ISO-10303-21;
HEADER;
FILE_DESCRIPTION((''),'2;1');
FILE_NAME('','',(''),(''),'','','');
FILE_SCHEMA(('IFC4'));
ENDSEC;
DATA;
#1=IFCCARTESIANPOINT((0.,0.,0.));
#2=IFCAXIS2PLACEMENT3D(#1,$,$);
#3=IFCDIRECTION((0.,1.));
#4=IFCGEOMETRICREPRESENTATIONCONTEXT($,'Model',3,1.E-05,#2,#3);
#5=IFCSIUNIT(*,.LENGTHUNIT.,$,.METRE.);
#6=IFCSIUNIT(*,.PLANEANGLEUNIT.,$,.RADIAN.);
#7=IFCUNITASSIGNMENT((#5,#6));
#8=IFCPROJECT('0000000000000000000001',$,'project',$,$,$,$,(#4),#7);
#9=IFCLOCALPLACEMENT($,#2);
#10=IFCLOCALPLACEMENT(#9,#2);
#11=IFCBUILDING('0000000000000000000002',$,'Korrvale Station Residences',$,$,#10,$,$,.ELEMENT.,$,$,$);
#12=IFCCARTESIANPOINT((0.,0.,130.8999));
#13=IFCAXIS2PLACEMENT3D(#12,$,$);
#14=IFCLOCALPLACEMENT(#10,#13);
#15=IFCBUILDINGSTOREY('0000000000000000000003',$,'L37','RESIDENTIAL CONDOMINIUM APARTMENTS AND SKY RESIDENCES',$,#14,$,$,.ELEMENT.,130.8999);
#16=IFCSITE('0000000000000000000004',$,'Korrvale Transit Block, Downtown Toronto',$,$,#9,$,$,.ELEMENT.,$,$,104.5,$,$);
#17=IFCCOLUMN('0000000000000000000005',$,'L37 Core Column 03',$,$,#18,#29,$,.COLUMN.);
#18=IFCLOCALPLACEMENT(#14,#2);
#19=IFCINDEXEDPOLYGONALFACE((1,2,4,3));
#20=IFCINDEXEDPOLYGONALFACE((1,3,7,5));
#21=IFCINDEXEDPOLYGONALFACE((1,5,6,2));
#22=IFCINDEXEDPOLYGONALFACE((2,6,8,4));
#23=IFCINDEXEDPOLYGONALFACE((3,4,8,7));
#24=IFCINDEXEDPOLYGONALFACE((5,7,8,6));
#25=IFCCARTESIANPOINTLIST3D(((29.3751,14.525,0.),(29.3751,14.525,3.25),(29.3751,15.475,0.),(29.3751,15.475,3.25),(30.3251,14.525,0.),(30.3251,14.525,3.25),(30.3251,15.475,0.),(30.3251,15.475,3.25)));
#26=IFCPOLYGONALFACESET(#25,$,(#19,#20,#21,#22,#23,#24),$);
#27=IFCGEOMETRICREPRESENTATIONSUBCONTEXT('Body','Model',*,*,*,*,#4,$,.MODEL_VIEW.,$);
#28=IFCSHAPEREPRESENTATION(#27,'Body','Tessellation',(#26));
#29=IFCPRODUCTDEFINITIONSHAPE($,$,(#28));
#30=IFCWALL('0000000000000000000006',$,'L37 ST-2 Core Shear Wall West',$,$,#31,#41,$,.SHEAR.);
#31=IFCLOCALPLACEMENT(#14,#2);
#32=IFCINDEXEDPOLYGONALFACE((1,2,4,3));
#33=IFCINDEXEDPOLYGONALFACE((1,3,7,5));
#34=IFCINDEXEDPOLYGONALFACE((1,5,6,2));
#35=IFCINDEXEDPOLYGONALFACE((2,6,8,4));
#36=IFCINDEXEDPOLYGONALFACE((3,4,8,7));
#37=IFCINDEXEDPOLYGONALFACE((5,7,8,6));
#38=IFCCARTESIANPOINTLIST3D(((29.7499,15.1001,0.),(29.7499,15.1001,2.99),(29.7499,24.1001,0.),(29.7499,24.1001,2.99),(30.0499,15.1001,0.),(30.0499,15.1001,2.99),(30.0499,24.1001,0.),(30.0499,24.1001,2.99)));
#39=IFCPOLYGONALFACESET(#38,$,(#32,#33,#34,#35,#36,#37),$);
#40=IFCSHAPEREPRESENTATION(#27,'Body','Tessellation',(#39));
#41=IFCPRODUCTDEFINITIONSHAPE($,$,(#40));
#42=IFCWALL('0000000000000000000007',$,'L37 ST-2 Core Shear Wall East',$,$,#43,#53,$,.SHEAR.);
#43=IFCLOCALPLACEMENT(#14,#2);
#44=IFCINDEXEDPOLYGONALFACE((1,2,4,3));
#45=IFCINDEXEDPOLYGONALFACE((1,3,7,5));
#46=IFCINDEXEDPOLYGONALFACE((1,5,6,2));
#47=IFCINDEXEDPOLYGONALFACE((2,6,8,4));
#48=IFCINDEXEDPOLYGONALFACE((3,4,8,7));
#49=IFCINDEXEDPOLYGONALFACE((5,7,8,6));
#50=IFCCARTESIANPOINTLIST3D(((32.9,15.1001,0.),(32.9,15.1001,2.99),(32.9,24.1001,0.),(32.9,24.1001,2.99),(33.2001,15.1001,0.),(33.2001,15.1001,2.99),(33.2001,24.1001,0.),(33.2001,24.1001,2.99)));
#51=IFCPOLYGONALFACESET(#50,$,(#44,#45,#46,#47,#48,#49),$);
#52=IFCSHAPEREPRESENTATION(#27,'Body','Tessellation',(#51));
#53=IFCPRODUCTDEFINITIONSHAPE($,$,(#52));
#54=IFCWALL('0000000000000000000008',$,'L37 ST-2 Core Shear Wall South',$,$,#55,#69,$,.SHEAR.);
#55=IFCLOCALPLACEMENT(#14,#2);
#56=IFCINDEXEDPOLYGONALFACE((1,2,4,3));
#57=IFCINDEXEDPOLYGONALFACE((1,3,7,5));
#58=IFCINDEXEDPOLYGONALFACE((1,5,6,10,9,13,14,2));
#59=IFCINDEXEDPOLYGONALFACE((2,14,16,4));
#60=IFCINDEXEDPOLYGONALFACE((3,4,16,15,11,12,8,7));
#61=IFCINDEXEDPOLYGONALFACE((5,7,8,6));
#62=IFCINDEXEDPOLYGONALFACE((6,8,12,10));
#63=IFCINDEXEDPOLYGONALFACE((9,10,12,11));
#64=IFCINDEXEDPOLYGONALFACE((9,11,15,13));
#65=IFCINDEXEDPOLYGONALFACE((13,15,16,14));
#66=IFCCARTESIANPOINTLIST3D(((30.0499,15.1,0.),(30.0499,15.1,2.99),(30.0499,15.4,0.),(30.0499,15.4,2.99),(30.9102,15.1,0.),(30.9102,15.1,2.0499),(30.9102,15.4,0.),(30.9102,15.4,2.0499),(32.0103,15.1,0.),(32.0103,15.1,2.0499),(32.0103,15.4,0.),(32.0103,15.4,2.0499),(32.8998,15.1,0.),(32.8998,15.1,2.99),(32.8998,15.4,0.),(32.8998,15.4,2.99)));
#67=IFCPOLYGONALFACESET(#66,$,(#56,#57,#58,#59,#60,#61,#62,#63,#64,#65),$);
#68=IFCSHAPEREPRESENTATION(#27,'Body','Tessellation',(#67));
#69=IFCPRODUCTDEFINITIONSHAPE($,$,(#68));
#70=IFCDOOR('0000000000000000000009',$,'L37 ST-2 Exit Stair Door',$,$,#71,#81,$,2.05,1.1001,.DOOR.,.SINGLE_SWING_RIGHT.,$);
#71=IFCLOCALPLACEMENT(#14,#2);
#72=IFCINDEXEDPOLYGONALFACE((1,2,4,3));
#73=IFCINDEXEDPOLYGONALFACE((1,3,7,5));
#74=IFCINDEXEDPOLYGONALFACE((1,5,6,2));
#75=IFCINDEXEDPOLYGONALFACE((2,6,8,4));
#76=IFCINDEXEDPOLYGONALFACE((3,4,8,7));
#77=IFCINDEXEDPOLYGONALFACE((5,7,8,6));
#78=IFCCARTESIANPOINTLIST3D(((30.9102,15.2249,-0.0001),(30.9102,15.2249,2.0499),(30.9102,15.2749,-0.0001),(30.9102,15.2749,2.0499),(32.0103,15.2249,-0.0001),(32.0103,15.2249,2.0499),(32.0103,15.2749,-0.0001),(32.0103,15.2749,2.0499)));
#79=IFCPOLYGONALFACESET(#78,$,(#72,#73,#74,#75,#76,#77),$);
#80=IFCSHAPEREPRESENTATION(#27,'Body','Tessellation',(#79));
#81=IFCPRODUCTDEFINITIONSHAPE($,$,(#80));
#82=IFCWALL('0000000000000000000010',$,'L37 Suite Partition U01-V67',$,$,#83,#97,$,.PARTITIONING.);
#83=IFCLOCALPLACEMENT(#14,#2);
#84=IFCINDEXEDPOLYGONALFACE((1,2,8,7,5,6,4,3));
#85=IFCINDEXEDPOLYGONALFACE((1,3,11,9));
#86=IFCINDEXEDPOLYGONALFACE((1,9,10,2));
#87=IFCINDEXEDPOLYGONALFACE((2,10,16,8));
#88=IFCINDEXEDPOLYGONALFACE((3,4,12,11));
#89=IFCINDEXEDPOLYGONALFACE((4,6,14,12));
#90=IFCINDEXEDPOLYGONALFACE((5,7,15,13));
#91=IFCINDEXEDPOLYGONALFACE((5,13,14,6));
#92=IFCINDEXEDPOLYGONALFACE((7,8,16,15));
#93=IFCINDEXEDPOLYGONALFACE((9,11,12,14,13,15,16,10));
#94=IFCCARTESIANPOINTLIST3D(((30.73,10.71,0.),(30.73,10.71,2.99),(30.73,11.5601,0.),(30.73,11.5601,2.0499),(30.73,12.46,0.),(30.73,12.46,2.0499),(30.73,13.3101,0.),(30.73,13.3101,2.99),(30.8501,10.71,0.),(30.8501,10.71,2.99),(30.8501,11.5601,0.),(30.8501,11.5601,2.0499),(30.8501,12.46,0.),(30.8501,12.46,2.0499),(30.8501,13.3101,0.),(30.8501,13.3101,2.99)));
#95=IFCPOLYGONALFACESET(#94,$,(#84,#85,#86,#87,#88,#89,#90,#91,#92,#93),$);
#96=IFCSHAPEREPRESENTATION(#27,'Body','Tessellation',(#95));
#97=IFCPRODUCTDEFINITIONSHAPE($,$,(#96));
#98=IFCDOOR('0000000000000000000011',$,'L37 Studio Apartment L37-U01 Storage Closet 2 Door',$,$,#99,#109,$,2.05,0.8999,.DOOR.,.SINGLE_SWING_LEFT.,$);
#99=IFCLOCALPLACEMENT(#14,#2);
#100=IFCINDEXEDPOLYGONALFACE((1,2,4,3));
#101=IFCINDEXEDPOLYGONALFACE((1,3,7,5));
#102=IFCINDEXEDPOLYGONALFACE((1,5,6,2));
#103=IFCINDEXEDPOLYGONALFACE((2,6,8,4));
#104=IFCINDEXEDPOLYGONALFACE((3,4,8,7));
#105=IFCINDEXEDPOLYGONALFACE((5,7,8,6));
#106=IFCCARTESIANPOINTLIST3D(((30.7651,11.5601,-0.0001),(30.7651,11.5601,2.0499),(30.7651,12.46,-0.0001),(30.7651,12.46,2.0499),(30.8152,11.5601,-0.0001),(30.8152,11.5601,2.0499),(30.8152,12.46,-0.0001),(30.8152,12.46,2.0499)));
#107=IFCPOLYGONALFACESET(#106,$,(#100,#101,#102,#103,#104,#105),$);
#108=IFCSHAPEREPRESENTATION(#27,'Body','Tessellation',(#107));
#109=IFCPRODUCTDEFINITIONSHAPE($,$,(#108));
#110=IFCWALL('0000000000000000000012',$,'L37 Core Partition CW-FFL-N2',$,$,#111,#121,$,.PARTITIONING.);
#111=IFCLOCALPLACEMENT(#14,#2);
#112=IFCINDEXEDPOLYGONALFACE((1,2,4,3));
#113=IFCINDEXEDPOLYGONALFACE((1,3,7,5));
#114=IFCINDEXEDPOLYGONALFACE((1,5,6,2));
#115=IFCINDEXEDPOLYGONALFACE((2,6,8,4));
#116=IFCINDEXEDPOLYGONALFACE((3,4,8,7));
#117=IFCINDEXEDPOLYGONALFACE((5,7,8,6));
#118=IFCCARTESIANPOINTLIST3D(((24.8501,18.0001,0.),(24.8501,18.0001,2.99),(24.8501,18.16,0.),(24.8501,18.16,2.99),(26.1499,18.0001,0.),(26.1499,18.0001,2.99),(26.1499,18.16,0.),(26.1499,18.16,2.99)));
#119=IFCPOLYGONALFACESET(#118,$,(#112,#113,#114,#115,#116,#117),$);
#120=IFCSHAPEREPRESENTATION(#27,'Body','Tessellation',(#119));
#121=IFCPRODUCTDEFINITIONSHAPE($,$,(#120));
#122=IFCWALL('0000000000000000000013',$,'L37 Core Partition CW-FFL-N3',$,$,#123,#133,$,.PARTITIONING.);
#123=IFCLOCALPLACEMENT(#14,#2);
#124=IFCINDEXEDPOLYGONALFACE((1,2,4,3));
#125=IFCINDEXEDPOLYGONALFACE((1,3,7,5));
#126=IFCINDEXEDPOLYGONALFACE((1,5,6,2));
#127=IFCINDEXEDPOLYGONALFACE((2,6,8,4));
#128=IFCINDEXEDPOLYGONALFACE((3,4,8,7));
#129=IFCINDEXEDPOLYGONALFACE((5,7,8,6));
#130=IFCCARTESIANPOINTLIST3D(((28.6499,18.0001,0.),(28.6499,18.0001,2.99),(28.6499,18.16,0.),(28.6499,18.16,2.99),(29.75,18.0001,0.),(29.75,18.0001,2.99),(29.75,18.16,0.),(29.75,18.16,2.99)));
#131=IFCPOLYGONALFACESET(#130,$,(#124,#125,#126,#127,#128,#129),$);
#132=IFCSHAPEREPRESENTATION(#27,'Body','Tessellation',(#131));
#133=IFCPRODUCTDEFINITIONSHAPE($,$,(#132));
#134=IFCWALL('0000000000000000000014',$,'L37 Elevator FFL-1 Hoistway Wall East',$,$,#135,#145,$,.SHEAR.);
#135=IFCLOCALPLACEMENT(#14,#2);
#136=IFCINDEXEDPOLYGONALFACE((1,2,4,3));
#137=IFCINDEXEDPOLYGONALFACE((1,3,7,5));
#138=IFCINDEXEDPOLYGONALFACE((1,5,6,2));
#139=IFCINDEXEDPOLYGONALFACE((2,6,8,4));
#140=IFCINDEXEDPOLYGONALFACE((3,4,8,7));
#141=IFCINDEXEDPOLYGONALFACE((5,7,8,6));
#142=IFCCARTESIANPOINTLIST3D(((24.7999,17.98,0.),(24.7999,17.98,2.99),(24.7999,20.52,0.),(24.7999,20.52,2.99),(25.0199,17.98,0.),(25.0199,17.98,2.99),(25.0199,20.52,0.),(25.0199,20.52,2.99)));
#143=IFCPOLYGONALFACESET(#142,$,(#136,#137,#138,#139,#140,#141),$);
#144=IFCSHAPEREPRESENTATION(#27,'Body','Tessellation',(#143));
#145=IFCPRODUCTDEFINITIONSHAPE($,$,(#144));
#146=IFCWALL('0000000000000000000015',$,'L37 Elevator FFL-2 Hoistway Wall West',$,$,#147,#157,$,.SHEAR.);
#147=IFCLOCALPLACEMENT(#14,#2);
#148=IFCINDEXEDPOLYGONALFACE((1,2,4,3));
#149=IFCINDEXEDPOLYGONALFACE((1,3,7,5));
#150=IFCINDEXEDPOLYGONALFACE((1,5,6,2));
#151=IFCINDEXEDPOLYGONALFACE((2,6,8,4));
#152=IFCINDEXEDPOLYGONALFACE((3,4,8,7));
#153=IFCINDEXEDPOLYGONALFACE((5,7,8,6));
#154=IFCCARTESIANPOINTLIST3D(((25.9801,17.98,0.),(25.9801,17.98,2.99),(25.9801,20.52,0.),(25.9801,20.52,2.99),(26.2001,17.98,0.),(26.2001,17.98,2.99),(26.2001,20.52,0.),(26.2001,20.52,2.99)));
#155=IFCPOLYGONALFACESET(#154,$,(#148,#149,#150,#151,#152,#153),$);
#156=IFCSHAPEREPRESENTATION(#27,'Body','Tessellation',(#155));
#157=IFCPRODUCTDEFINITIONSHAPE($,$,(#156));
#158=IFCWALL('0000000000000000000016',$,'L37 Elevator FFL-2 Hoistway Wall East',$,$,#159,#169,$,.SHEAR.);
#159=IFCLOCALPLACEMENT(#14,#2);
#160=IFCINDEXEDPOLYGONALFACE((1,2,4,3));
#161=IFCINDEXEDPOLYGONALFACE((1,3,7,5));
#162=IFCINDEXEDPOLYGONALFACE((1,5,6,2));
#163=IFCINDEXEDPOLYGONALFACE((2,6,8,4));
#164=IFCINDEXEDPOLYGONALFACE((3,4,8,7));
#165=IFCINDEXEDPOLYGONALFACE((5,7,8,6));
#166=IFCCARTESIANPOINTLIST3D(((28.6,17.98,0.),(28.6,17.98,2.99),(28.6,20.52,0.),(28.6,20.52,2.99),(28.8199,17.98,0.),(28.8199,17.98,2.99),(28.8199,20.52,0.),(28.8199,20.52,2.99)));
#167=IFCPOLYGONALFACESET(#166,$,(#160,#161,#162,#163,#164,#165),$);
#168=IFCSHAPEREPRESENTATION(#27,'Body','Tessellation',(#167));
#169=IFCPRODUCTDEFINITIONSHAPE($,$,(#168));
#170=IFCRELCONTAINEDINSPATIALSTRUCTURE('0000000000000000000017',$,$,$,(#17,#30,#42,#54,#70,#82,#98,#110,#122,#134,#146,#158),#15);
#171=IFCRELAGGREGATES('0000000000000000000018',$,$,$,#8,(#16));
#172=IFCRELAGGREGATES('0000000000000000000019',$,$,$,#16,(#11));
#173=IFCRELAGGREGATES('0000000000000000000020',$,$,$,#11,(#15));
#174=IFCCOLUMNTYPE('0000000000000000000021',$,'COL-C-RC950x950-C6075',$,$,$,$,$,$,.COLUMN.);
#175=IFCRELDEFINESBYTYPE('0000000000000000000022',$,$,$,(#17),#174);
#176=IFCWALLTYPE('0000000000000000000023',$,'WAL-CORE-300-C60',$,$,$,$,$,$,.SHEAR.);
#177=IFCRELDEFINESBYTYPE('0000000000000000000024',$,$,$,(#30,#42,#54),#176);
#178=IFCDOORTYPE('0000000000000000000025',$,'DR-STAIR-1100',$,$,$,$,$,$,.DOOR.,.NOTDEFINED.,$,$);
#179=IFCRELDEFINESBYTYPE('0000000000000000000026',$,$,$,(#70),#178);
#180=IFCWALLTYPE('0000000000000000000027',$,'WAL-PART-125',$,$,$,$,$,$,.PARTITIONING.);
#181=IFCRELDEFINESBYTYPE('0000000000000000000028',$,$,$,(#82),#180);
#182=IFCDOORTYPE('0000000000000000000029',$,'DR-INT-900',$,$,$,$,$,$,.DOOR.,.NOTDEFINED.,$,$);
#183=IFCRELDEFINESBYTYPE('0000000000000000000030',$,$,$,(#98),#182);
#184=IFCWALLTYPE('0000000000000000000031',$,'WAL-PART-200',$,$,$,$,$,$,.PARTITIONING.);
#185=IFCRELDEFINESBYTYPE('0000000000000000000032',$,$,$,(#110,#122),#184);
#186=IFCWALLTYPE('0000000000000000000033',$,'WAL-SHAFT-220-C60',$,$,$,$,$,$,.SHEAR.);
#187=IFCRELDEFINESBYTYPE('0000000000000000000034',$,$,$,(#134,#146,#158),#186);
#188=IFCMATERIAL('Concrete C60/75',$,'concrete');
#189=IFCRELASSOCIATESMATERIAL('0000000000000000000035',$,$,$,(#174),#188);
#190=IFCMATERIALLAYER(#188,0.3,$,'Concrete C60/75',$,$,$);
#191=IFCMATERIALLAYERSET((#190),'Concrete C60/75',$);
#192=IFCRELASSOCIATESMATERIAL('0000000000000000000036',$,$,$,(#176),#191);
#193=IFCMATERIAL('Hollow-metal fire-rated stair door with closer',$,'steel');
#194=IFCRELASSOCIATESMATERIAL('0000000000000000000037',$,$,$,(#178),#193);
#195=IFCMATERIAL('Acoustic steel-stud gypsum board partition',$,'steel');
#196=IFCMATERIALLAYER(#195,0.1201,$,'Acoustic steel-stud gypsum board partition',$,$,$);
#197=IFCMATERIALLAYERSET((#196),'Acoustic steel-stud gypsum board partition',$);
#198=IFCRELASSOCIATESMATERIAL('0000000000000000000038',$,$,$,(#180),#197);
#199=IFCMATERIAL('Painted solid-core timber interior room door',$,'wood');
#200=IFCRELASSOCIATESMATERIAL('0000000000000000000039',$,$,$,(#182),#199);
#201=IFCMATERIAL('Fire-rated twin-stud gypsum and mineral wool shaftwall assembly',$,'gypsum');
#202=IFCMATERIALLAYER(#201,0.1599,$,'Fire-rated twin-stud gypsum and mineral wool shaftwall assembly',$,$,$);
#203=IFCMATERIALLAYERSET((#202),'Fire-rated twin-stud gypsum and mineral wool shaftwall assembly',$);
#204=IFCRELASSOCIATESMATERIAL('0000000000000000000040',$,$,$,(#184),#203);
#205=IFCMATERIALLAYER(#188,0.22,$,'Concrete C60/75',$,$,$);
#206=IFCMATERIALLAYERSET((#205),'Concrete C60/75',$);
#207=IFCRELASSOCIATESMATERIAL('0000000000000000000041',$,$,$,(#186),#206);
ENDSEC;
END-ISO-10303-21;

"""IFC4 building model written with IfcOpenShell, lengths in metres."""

from ifc_helpers import new_model, si_unit, direction, frame, frame_2d, origin, origin_2d, place, context, subcontext, project, spatial, rectangle, extrude, material, layer, layer_set, material_profile, profile_set, type_object, element, fill, save


model = new_model("IFC4")

# Units and contexts
model_context = context("Model", 3, precision=1e-05, world=origin(), true_north=direction((0.0, 1.0)))
body_context = subcontext(model_context, "Body", "Model", "MODEL_VIEW")
ifc_project = project(units=[si_unit("LENGTHUNIT", "METRE"), si_unit("PLANEANGLEUNIT", "RADIAN")], contexts=[model_context])

# Site, building, storey
site_placement = place(None, origin())
site = spatial("IfcSite", under=ifc_project, at=site_placement, Name="Korrvale Transit Block, Downtown Toronto", CompositionType="ELEMENT", RefElevation=104.5)
building_placement = place(site_placement, origin())
building = spatial("IfcBuilding", under=site, at=building_placement, Name="Korrvale Station Residences", CompositionType="ELEMENT")
storey_placement = place(building_placement, frame((0.0, 0.0, 130.8999)))
storey = spatial("IfcBuildingStorey", under=building, at=storey_placement, Name="L37", Description="RESIDENTIAL CONDOMINIUM APARTMENTS AND SKY RESIDENCES", CompositionType="ELEMENT", Elevation=130.8999)

# Column
ifc_material_1 = material(Name="Concrete C60/75", Category="concrete")
ifc_material_profile = material_profile(ifc_material_1, rectangle(XDim=0.95, YDim=0.95, at=origin_2d()), Name="RC950x950")
ifc_profile_set = profile_set([ifc_material_profile], Name="Concrete C60/75")
column_type = type_object("IfcColumnType", Name="COL-C-RC950x950-C6075", PredefinedType="COLUMN", material=ifc_profile_set)
column_placement = place(storey_placement, frame((29.8501, 15.0, 0.0), z_axis=(0.0, 0.0, 1.0), x_axis=(1.0, 0.0, 0.0)))
element("IfcColumn", 1, at=column_placement, inside=storey, type_object=column_type, Name="L37 Core Column 03", PredefinedType="COLUMN", context=body_context, shape_type="SweptSolid", body=[
    extrude(rectangle(XDim=0.95, YDim=0.95, at=origin_2d()), origin(), (0.0, 0.0, 1.0), 3.25),
])

# Walls
ifc_layer_1 = layer(ifc_material_1, 0.3, Name="Concrete C60/75")
ifc_layer_set_1 = layer_set([ifc_layer_1], Name="Concrete C60/75")
wall_type_1 = type_object("IfcWallType", Name="WAL-CORE-300-C60", PredefinedType="SHEAR", material=ifc_layer_set_1)
for number, where, z_axis, x_axis, name in (
    (2, (29.8999, 15.1001, 0.0), (0.0, 0.0, 1.0), (0.0, 1.0, 0.0), "L37 ST-2 Core Shear Wall West"),
    (3, (33.05, 15.1001, 0.0), (0.0, 0.0, 1.0), (0.0, 1.0, 0.0), "L37 ST-2 Core Shear Wall East"),
):
    element("IfcWall", number, at=place(storey_placement, frame(where, z_axis=z_axis, x_axis=x_axis)), inside=storey, type_object=wall_type_1, Name=name, PredefinedType="SHEAR", context=body_context, shape_type="SweptSolid", body=[
        extrude(rectangle(XDim=9.0, YDim=0.3, at=frame_2d((4.5, 0.0))), origin(), (0.0, 0.0, 1.0), 2.99),
    ])

# Walls, openings, doors
wall_1_placement = place(storey_placement, frame((30.05, 15.25, 0.0), z_axis=(0.0, 0.0, 1.0), x_axis=(1.0, 0.0, 0.0)))
wall_1 = element("IfcWall", 4, at=wall_1_placement, inside=storey, type_object=wall_type_1, Name="L37 ST-2 Core Shear Wall South", PredefinedType="SHEAR", context=body_context, shape_type="SweptSolid", body=[
    extrude(rectangle(XDim=2.8499, YDim=0.3, at=frame_2d((1.4248, 0.0))), origin(), (0.0, 0.0, 1.0), 2.99),
])
opening_1_placement = place(wall_1_placement, frame((0.8601, 0.0, 0.0)))
opening_1 = element("IfcOpeningElement", 5, at=opening_1_placement, cuts=wall_1, PredefinedType="OPENING", context=body_context, shape_type="SweptSolid", body=[
    extrude(rectangle(XDim=1.1001, YDim=2.05, at=frame_2d((0.55, 1.0249))), frame((0.0, 0.1602, 0.0), z_axis=(0.0, -1.0, 0.0), x_axis=(1.0, 0.0, 0.0)), (0.0, 0.0, 1.0), 0.3201),
])
ifc_material_2 = material(Name="Hollow-metal fire-rated stair door with closer", Category="steel")
door_type_1 = type_object("IfcDoorType", Name="DR-STAIR-1100", OperationType="NOTDEFINED", PredefinedType="DOOR", material=ifc_material_2)
door_1_placement = place(opening_1_placement, origin())
door_1 = element("IfcDoor", 6, at=door_1_placement, inside=storey, type_object=door_type_1, Name="L37 ST-2 Exit Stair Door", OperationType="SINGLE_SWING_RIGHT", OverallHeight=2.05, OverallWidth=1.1001, PredefinedType="DOOR", context=body_context, shape_type="SweptSolid", body=[
    extrude(rectangle(XDim=1.1001, YDim=2.05, at=frame_2d((0.55, 1.0249))), frame((0.0, 0.0249, 0.0), z_axis=(0.0, -1.0, 0.0), x_axis=(1.0, 0.0, 0.0)), (0.0, 0.0, 1.0), 0.05),
])
fill(opening_1, door_1)
ifc_material_3 = material(Name="Acoustic steel-stud gypsum board partition", Category="steel")
ifc_layer_2 = layer(ifc_material_3, 0.1201, Name="Acoustic steel-stud gypsum board partition")
ifc_layer_set_2 = layer_set([ifc_layer_2], Name="Acoustic steel-stud gypsum board partition")
wall_type_2 = type_object("IfcWallType", Name="WAL-PART-125", PredefinedType="PARTITIONING", material=ifc_layer_set_2)
wall_2_placement = place(storey_placement, frame((30.79, 10.71, 0.0), z_axis=(0.0, 0.0, 1.0), x_axis=(0.0, 1.0, 0.0)))
wall_2 = element("IfcWall", 7, at=wall_2_placement, inside=storey, type_object=wall_type_2, Name="L37 Suite Partition U01-V67", PredefinedType="PARTITIONING", context=body_context, shape_type="SweptSolid", body=[
    extrude(rectangle(XDim=2.6001, YDim=0.1201, at=frame_2d((1.3, 0.0))), origin(), (0.0, 0.0, 1.0), 2.99),
])
opening_2_placement = place(wall_2_placement, frame((0.8501, 0.0, 0.0)))
opening_2 = element("IfcOpeningElement", 8, at=opening_2_placement, cuts=wall_2, PredefinedType="OPENING", context=body_context, shape_type="SweptSolid", body=[
    extrude(rectangle(XDim=0.8999, YDim=2.05, at=frame_2d((0.45, 1.0249))), frame((0.0, 0.0701, 0.0), z_axis=(0.0, -1.0, 0.0), x_axis=(1.0, 0.0, 0.0)), (0.0, 0.0, 1.0), 0.1401),
])
ifc_material_4 = material(Name="Painted solid-core timber interior room door", Category="wood")
door_type_2 = type_object("IfcDoorType", Name="DR-INT-900", OperationType="NOTDEFINED", PredefinedType="DOOR", material=ifc_material_4)
door_2_placement = place(opening_2_placement, origin())
door_2 = element("IfcDoor", 9, at=door_2_placement, inside=storey, type_object=door_type_2, Name="L37 Studio Apartment L37-U01 Storage Closet 2 Door", OperationType="SINGLE_SWING_LEFT", OverallHeight=2.05, OverallWidth=0.8999, PredefinedType="DOOR", context=body_context, shape_type="SweptSolid", body=[
    extrude(rectangle(XDim=0.8999, YDim=2.05, at=frame_2d((0.45, 1.0249))), frame((0.0, 0.0249, 0.0), z_axis=(0.0, -1.0, 0.0), x_axis=(1.0, 0.0, 0.0)), (0.0, 0.0, 1.0), 0.05),
])
fill(opening_2, door_2)

# Walls
ifc_material_5 = material(Name="Fire-rated twin-stud gypsum and mineral wool shaftwall assembly", Category="gypsum")
ifc_layer_3 = layer(ifc_material_5, 0.1599, Name="Fire-rated twin-stud gypsum and mineral wool shaftwall assembly")
ifc_layer_set_3 = layer_set([ifc_layer_3], Name="Fire-rated twin-stud gypsum and mineral wool shaftwall assembly")
wall_type_3 = type_object("IfcWallType", Name="WAL-PART-200", PredefinedType="PARTITIONING", material=ifc_layer_set_3)
wall_3_placement = place(storey_placement, frame((24.8501, 18.0801, 0.0), z_axis=(0.0, 0.0, 1.0), x_axis=(1.0, 0.0, 0.0)))
element("IfcWall", 10, at=wall_3_placement, inside=storey, type_object=wall_type_3, Name="L37 Core Partition CW-FFL-N2", PredefinedType="PARTITIONING", context=body_context, shape_type="SweptSolid", body=[
    extrude(rectangle(XDim=1.2998, YDim=0.1599, at=frame_2d((0.6499, 0.0))), origin(), (0.0, 0.0, 1.0), 2.99),
])
wall_4_placement = place(storey_placement, frame((28.6499, 18.0801, 0.0), z_axis=(0.0, 0.0, 1.0), x_axis=(1.0, 0.0, 0.0)))
element("IfcWall", 11, at=wall_4_placement, inside=storey, type_object=wall_type_3, Name="L37 Core Partition CW-FFL-N3", PredefinedType="PARTITIONING", context=body_context, shape_type="SweptSolid", body=[
    extrude(rectangle(XDim=1.1001, YDim=0.1599, at=frame_2d((0.55, 0.0))), origin(), (0.0, 0.0, 1.0), 2.99),
])

# Shared definitions
ifc_layer_4 = layer(ifc_material_1, 0.22, Name="Concrete C60/75")
ifc_layer_set_4 = layer_set([ifc_layer_4], Name="Concrete C60/75")
wall_type_4 = type_object("IfcWallType", Name="WAL-SHAFT-220-C60", PredefinedType="SHEAR", material=ifc_layer_set_4)

# Wall
wall_5_placement = place(storey_placement, frame((24.9099, 17.98, 0.0), z_axis=(0.0, 0.0, 1.0), x_axis=(0.0, 1.0, 0.0)))
element("IfcWall", 12, at=wall_5_placement, inside=storey, type_object=wall_type_4, Name="L37 Elevator FFL-1 Hoistway Wall East", PredefinedType="SHEAR", context=body_context, shape_type="SweptSolid", body=[
    extrude(rectangle(XDim=2.54, YDim=0.22, at=frame_2d((1.27, 0.0))), origin(), (0.0, 0.0, 1.0), 2.99),
])

# Walls
for number, where, z_axis, x_axis, name in (
    (13, (26.0901, 17.98, 0.0), (0.0, 0.0, 1.0), (0.0, 1.0, 0.0), "L37 Elevator FFL-2 Hoistway Wall West"),
    (14, (28.71, 17.98, 0.0), (0.0, 0.0, 1.0), (0.0, 1.0, 0.0), "L37 Elevator FFL-2 Hoistway Wall East"),
):
    element("IfcWall", number, at=place(storey_placement, frame(where, z_axis=z_axis, x_axis=x_axis)), inside=storey, type_object=wall_type_4, Name=name, PredefinedType="SHEAR", context=body_context, shape_type="SweptSolid", body=[
        extrude(rectangle(XDim=2.54, YDim=0.22, at=frame_2d((1.27, 0.0))), origin(), (0.0, 0.0, 1.0), 2.99),
    ])

save(model, "model.ifc")
